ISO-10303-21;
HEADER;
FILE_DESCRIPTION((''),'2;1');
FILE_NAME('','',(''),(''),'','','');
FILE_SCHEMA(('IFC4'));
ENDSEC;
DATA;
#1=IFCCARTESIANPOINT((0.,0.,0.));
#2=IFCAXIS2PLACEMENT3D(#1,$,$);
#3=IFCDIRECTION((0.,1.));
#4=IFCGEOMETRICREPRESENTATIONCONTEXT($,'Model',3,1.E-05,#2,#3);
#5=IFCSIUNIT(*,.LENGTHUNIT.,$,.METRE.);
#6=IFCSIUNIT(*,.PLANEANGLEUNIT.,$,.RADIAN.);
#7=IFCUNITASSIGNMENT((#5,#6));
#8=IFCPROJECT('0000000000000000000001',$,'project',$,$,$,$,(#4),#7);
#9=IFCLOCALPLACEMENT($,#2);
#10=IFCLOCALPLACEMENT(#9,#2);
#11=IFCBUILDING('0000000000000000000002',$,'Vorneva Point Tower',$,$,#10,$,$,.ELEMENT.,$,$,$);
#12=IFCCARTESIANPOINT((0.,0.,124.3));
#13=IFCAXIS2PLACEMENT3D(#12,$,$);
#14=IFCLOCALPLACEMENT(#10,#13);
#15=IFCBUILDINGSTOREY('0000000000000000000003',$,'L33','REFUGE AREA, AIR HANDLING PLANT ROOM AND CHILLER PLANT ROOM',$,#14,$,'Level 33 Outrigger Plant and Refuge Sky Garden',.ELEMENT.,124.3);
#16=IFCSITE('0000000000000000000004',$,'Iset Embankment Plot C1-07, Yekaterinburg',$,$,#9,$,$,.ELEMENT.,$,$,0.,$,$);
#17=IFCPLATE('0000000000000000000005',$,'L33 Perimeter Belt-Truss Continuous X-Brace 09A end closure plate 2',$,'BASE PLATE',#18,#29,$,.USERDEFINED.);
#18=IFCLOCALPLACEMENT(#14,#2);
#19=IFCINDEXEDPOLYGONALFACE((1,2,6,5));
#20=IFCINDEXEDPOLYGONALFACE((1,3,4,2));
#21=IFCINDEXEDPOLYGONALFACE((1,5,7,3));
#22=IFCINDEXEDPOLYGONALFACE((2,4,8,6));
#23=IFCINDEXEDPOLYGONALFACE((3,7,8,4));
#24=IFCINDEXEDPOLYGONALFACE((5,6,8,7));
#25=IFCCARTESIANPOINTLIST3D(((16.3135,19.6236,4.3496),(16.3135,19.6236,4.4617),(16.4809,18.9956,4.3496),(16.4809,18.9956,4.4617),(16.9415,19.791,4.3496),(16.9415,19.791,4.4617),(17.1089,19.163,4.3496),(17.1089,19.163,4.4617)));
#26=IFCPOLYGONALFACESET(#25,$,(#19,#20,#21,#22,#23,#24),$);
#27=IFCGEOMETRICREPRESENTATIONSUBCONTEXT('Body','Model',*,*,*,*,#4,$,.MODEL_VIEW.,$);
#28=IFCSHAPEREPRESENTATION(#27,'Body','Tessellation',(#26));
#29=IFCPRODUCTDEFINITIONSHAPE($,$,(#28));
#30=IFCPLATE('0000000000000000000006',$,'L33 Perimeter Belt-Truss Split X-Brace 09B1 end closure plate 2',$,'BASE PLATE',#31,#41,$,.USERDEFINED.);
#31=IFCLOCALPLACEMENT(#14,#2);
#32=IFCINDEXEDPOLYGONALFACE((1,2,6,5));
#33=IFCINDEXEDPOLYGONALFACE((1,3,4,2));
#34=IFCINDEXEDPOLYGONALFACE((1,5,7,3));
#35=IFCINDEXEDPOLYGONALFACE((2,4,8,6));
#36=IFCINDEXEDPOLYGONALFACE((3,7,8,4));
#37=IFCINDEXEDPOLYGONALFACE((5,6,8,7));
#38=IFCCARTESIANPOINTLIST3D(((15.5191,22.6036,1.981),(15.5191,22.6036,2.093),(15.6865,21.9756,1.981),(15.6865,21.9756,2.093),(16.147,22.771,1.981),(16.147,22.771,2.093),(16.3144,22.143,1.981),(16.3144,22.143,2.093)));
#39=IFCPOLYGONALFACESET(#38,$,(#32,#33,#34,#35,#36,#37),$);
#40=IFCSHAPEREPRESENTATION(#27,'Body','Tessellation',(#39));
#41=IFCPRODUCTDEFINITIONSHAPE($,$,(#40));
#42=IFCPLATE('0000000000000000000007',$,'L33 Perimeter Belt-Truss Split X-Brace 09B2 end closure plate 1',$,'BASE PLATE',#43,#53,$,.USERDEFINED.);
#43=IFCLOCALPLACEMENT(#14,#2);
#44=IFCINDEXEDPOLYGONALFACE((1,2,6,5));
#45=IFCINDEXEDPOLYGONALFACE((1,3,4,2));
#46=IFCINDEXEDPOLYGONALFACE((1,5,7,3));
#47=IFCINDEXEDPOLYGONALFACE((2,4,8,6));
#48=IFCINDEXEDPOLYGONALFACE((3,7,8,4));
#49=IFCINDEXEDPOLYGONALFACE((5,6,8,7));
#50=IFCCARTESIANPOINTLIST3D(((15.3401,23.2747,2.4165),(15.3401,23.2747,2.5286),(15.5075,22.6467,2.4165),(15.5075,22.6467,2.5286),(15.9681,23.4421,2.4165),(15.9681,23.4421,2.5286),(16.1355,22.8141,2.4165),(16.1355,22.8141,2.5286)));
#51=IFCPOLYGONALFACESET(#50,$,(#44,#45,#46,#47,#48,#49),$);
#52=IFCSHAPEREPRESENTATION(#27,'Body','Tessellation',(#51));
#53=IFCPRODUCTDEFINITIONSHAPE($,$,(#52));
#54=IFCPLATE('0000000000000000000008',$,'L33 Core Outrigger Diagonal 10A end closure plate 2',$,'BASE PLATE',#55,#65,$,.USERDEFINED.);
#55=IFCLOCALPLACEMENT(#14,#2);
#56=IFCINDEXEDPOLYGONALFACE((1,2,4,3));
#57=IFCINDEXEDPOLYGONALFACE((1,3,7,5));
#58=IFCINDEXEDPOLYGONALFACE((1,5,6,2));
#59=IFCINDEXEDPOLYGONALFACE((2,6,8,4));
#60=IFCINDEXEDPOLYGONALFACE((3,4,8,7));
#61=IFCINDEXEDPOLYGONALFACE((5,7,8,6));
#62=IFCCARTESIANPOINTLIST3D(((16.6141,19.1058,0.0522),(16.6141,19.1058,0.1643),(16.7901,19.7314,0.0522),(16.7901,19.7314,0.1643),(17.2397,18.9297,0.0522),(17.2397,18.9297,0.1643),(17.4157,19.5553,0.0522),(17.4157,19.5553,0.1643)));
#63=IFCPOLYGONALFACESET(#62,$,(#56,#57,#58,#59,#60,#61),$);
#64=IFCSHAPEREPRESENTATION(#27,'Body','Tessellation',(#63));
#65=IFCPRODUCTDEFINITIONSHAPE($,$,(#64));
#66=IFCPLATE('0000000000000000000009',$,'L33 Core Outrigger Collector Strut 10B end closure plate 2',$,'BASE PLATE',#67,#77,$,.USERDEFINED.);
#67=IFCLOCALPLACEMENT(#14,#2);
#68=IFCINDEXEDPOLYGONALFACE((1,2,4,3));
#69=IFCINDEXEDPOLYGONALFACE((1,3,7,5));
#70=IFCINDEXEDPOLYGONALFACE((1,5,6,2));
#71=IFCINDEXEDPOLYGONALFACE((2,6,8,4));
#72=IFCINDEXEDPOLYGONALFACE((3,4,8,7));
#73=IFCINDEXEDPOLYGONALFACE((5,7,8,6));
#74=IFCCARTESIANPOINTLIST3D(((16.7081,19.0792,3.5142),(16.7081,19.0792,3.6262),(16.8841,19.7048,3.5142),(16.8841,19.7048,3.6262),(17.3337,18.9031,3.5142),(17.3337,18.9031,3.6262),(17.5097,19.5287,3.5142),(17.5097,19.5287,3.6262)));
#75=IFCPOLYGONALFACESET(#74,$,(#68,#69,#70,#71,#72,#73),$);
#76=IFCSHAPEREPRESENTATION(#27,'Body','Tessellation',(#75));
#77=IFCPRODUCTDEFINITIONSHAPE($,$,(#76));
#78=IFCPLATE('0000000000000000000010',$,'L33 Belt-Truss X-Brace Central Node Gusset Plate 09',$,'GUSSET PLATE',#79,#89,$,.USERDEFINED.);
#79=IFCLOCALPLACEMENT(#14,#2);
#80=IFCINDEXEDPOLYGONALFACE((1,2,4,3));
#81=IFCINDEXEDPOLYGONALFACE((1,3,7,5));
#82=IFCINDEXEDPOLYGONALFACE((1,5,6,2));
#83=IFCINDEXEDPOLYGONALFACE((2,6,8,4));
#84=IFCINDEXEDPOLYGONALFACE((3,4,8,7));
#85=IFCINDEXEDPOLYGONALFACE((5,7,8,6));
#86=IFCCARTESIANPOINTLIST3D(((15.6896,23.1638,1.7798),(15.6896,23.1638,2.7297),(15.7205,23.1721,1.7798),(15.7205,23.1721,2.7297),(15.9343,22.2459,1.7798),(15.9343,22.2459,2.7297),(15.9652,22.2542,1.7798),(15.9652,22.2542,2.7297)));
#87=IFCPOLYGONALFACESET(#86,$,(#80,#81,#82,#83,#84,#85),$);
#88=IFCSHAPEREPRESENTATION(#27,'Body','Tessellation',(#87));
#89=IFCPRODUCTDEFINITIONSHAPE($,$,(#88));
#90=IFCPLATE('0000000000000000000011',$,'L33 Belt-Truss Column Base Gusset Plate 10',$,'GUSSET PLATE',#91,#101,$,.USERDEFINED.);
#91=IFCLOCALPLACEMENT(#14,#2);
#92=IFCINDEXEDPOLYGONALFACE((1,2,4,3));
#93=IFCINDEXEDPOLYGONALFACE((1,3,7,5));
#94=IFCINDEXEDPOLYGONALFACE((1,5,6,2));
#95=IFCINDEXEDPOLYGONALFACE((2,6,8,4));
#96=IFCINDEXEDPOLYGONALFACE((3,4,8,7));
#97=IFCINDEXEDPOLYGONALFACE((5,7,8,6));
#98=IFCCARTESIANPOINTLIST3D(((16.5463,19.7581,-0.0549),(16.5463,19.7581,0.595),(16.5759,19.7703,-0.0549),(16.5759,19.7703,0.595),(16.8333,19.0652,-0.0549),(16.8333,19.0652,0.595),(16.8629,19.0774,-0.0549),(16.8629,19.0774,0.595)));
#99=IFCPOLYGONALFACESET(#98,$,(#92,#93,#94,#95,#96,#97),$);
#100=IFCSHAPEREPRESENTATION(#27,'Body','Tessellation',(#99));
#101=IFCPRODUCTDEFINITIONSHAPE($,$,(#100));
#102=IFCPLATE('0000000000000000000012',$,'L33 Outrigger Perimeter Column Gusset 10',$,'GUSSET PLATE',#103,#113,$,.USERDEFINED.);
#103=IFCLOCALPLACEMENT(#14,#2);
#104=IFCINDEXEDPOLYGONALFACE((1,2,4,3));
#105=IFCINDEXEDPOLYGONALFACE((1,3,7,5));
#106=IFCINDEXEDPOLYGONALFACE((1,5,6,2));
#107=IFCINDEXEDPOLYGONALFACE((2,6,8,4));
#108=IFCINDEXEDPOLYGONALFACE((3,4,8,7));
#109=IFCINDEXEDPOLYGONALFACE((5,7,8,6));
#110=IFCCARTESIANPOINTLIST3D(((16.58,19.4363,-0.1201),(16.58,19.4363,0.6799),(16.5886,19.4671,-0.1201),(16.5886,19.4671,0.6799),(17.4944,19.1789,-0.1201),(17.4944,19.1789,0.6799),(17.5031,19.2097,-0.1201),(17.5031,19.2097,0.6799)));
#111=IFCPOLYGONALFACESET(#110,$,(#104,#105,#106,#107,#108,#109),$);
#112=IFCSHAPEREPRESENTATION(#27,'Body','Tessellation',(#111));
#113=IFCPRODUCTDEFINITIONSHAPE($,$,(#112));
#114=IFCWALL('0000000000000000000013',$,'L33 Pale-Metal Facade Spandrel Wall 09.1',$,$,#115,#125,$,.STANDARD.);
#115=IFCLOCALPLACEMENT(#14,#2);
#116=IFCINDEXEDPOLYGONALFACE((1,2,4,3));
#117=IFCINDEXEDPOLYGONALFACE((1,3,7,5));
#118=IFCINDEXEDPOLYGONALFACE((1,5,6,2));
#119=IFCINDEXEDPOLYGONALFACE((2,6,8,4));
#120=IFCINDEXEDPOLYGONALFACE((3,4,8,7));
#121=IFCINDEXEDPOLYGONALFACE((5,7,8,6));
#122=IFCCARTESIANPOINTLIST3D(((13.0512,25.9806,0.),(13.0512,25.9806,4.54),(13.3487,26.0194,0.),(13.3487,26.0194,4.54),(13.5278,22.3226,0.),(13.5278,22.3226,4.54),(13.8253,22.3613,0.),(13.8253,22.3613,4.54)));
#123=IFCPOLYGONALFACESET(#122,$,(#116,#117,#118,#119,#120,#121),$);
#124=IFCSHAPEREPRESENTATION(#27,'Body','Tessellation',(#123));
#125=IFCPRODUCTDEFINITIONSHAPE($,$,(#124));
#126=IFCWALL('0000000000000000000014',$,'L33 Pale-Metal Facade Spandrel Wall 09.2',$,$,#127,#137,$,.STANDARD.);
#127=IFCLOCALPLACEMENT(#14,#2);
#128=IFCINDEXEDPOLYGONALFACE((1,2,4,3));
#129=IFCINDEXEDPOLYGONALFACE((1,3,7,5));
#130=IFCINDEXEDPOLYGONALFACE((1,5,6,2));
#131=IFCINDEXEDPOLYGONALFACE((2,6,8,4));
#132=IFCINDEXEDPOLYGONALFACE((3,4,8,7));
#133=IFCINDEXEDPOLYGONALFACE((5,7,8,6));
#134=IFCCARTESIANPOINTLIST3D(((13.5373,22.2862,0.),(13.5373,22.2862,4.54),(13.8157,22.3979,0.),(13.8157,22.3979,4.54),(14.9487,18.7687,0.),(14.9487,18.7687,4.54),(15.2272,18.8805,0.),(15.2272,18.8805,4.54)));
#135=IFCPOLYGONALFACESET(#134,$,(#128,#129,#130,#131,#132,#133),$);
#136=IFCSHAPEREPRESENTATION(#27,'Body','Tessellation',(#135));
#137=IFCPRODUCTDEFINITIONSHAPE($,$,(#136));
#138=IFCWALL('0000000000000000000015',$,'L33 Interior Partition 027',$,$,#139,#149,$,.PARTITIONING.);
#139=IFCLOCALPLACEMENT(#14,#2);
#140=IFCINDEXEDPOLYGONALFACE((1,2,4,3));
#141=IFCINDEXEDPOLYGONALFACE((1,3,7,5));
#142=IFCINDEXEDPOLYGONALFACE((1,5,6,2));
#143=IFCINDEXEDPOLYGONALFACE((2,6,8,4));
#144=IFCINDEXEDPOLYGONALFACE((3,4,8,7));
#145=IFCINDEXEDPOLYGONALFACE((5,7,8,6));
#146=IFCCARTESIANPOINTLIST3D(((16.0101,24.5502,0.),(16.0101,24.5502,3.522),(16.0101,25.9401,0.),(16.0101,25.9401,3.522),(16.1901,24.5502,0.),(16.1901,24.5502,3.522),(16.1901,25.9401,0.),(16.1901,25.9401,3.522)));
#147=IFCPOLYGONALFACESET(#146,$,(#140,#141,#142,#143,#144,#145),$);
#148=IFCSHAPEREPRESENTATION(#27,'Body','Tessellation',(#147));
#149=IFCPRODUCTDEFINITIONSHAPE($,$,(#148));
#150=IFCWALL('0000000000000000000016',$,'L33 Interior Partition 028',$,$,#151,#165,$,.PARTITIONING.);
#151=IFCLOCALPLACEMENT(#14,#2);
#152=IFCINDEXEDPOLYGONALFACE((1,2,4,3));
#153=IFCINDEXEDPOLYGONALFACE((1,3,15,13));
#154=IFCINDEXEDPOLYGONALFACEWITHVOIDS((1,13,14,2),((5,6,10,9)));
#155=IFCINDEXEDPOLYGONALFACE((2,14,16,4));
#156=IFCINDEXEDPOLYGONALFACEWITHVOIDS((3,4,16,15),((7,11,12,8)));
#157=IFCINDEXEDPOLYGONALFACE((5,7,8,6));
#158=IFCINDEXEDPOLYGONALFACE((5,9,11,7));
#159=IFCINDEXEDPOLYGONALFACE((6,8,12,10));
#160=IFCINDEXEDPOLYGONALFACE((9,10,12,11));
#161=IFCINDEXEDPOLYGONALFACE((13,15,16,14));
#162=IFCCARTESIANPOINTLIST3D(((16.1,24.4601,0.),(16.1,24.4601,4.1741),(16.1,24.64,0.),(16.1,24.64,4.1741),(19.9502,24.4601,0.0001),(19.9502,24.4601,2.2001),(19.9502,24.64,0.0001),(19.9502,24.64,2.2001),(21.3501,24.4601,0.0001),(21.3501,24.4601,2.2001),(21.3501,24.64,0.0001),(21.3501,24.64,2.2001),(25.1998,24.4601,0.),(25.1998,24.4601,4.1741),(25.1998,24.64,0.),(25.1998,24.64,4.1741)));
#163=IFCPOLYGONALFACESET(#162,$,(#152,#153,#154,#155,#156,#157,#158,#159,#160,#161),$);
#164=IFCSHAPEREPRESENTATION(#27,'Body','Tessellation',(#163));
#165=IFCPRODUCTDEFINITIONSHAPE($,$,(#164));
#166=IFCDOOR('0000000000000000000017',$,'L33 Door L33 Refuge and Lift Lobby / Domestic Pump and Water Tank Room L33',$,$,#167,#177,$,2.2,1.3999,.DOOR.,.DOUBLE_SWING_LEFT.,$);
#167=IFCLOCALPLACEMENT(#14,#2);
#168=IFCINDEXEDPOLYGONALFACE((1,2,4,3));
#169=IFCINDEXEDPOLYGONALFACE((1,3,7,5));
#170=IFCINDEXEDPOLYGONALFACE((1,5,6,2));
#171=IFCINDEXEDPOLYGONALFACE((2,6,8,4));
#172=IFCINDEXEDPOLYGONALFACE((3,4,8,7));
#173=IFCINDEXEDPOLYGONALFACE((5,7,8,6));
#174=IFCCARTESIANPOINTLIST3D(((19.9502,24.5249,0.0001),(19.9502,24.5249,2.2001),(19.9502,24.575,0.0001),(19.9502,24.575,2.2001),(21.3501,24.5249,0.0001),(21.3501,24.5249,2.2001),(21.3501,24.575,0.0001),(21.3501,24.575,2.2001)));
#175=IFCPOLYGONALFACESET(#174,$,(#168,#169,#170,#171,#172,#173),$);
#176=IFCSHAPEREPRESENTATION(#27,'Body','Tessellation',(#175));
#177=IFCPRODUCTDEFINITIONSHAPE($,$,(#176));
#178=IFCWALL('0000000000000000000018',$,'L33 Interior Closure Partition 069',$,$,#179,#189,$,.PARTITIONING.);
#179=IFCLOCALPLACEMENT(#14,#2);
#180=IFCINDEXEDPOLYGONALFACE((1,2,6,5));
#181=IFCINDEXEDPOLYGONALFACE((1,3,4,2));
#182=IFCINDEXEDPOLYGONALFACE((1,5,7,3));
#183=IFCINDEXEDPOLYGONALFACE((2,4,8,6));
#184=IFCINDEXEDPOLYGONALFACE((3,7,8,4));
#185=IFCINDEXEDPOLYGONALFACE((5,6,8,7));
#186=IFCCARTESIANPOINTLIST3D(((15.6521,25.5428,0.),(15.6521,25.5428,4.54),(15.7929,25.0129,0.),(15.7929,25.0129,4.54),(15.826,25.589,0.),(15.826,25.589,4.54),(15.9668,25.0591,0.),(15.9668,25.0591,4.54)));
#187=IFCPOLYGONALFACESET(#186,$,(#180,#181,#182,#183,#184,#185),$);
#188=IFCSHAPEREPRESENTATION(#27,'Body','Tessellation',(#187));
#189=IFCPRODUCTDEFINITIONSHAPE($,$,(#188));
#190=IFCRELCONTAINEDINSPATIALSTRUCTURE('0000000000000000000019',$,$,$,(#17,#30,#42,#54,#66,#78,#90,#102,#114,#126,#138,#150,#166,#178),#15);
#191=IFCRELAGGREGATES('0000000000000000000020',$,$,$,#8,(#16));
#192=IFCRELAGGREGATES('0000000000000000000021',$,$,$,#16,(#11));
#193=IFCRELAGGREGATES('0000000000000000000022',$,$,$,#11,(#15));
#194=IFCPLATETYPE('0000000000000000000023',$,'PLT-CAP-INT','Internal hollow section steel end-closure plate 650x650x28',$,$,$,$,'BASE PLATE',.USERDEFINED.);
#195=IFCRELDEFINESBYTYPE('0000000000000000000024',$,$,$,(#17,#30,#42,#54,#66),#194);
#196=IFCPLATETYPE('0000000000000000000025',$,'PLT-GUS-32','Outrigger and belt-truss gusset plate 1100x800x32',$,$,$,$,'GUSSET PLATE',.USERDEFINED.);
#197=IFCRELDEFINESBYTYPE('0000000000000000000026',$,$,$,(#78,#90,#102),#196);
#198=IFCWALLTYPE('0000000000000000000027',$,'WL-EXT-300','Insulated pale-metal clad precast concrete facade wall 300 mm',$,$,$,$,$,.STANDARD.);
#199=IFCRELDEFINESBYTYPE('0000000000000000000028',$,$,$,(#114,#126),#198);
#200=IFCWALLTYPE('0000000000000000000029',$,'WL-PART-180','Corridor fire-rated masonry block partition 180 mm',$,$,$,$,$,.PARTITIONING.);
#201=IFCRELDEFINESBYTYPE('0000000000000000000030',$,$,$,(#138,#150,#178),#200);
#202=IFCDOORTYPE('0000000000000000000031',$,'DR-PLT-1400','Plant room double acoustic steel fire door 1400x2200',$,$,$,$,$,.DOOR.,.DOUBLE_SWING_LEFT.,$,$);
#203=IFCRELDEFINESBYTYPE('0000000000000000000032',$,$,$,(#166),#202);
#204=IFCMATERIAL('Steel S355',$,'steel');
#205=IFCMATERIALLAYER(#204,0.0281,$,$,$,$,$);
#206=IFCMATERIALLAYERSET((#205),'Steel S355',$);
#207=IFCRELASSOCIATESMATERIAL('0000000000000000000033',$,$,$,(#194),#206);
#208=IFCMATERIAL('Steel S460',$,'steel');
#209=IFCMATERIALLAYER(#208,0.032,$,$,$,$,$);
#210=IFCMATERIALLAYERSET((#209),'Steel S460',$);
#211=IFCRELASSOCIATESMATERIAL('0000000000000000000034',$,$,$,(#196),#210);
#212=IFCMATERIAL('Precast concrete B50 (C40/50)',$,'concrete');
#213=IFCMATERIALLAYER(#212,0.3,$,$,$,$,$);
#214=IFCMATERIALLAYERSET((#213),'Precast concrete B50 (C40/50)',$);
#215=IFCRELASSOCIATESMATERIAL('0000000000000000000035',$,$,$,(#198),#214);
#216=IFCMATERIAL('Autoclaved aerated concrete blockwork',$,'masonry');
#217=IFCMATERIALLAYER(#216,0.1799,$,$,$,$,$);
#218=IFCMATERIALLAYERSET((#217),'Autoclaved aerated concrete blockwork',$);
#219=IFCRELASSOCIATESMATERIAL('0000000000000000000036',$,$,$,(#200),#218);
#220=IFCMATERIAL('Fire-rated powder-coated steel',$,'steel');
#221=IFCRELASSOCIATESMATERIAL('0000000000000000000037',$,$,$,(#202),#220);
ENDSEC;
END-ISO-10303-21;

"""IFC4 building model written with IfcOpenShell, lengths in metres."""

from ifc_helpers import new_model, si_unit, direction, frame, frame_2d, origin, origin_2d, place, context, subcontext, project, spatial, rectangle, extrude, material, layer, layer_set, type_object, element, fill, save


model = new_model("IFC4")

# Units and contexts
model_context = context("Model", 3, precision=1e-05, world=origin(), true_north=direction((0.0, 1.0)))
body_context = subcontext(model_context, "Body", "Model", "MODEL_VIEW")
ifc_project = project(units=[si_unit("LENGTHUNIT", "METRE"), si_unit("PLANEANGLEUNIT", "RADIAN")], contexts=[model_context])

# Site, building, storey
site_placement = place(None, origin())
site = spatial("IfcSite", under=ifc_project, at=site_placement, Name="Iset Embankment Plot C1-07, Yekaterinburg", CompositionType="ELEMENT", RefElevation=0.0)
building_placement = place(site_placement, origin())
building = spatial("IfcBuilding", under=site, at=building_placement, Name="Vorneva Point Tower", CompositionType="ELEMENT")
storey_placement = place(building_placement, frame((0.0, 0.0, 124.3)))
storey = spatial("IfcBuildingStorey", under=building, at=storey_placement, Name="L33", Description="REFUGE AREA, AIR HANDLING PLANT ROOM AND CHILLER PLANT ROOM", LongName="Level 33 Outrigger Plant and Refuge Sky Garden", CompositionType="ELEMENT", Elevation=124.3)

# Shared definitions
ifc_material_1 = material(Name="Steel S355", Category="steel")

# Shared definitions
ifc_material_2 = material(Name="Steel S460", Category="steel")

# Plates
ifc_layer_1 = layer(ifc_material_1, 0.0281)
ifc_layer_set_1 = layer_set([ifc_layer_1], Name="Steel S355")
plate_type_1 = type_object("IfcPlateType", Name="PLT-CAP-INT", Description="Internal hollow section steel end-closure plate 650x650x28", ElementType="BASE PLATE", PredefinedType="USERDEFINED", material=ifc_layer_set_1)
for number, where, z_axis, x_axis, name in (
    (1, (16.7112, 19.3933, 4.3496), (0.0, 0.0, 1.0), (0.257571, -0.966259, 0.0), "L33 Perimeter Belt-Truss Continuous X-Brace 09A end closure plate 2"),
    (2, (15.9167, 22.3733, 1.981), (0.0, 0.0, 1.0), (-0.257571, 0.966259, 0.0), "L33 Perimeter Belt-Truss Split X-Brace 09B1 end closure plate 2"),
    (3, (15.7378, 23.0444, 2.4165), (0.0, 0.0, 1.0), (-0.257571, 0.966259, 0.0), "L33 Perimeter Belt-Truss Split X-Brace 09B2 end closure plate 1"),
    (4, (17.0149, 19.3306, 0.0522), (0.0, 0.0, 1.0), (-0.962607, 0.270903, 0.0), "L33 Core Outrigger Diagonal 10A end closure plate 2"),
    (5, (17.1089, 19.304, 3.5142), (0.0, 0.0, 1.0), (-0.962607, 0.270903, 0.0), "L33 Core Outrigger Collector Strut 10B end closure plate 2"),
):
    element("IfcPlate", number, at=place(storey_placement, frame(where, z_axis=z_axis, x_axis=x_axis)), inside=storey, type_object=plate_type_1, Name=name, ObjectType="BASE PLATE", PredefinedType="USERDEFINED", context=body_context, shape_type="SweptSolid", body=[
        extrude(rectangle(XDim=0.6499, YDim=0.6499, at=origin_2d()), origin(), (0.0, 0.0, 1.0), 0.1121),
    ])
ifc_layer_2 = layer(ifc_material_2, 0.032)
ifc_layer_set_2 = layer_set([ifc_layer_2], Name="Steel S460")
plate_type_2 = type_object("IfcPlateType", Name="PLT-GUS-32", Description="Outrigger and belt-truss gusset plate 1100x800x32", ElementType="GUSSET PLATE", PredefinedType="USERDEFINED", material=ifc_layer_set_2)
plate_1_placement = place(storey_placement, frame((15.8274, 22.709, 1.7798), z_axis=(0.0, 0.0, 1.0), x_axis=(0.257571, -0.966259, 0.0)))
element("IfcPlate", 6, at=plate_1_placement, inside=storey, type_object=plate_type_2, Name="L33 Belt-Truss X-Brace Central Node Gusset Plate 09", ObjectType="GUSSET PLATE", PredefinedType="USERDEFINED", context=body_context, shape_type="SweptSolid", body=[
    extrude(rectangle(XDim=0.95, YDim=0.032, at=origin_2d()), origin(), (0.0, 0.0, 1.0), 0.95),
])
plate_2_placement = place(storey_placement, frame((16.7046, 19.4177, -0.0549), z_axis=(0.0, 0.0, 1.0), x_axis=(0.382683, -0.92388, 0.0)))
element("IfcPlate", 7, at=plate_2_placement, inside=storey, type_object=plate_type_2, Name="L33 Belt-Truss Column Base Gusset Plate 10", ObjectType="GUSSET PLATE", PredefinedType="USERDEFINED", context=body_context, shape_type="SweptSolid", body=[
    extrude(rectangle(XDim=0.75, YDim=0.032, at=origin_2d()), origin(), (0.0, 0.0, 1.0), 0.6499),
])
plate_3_placement = place(storey_placement, frame((17.0415, 19.323, -0.1201), z_axis=(0.0, 0.0, 1.0), x_axis=(-0.962607, 0.270903, 0.0)))
element("IfcPlate", 8, at=plate_3_placement, inside=storey, type_object=plate_type_2, Name="L33 Outrigger Perimeter Column Gusset 10", ObjectType="GUSSET PLATE", PredefinedType="USERDEFINED", context=body_context, shape_type="SweptSolid", body=[
    extrude(rectangle(XDim=0.95, YDim=0.032, at=origin_2d()), origin(), (0.0, 0.0, 1.0), 0.8),
])

# Walls
ifc_material_3 = material(Name="Precast concrete B50 (C40/50)", Category="concrete")
ifc_layer_3 = layer(ifc_material_3, 0.3)
ifc_layer_set_3 = layer_set([ifc_layer_3], Name="Precast concrete B50 (C40/50)")
wall_type_1 = type_object("IfcWallType", Name="WL-EXT-300", Description="Insulated pale-metal clad precast concrete facade wall 300 mm", PredefinedType="STANDARD", material=ifc_layer_set_3)
wall_1_placement = place(storey_placement, frame((13.2, 26.0, 0.0), z_axis=(0.0, 0.0, 1.0), x_axis=(0.129189, -0.99162, 0.0)))
element("IfcWall", 9, at=wall_1_placement, inside=storey, type_object=wall_type_1, Name="L33 Pale-Metal Facade Spandrel Wall 09.1", PredefinedType="STANDARD", context=body_context, shape_type="SweptSolid", body=[
    extrude(rectangle(XDim=3.689, YDim=0.3, at=frame_2d((1.8445, 0.0))), origin(), (0.0, 0.0, 1.0), 4.54),
])
wall_2_placement = place(storey_placement, frame((13.6765, 22.342, 0.0), z_axis=(0.0, 0.0, 1.0), x_axis=(0.372401, -0.928072, 0.0)))
element("IfcWall", 10, at=wall_2_placement, inside=storey, type_object=wall_type_1, Name="L33 Pale-Metal Facade Spandrel Wall 09.2", PredefinedType="STANDARD", context=body_context, shape_type="SweptSolid", body=[
    extrude(rectangle(XDim=3.79, YDim=0.3, at=frame_2d((1.895, 0.0))), origin(), (0.0, 0.0, 1.0), 4.54),
])
ifc_material_4 = material(Name="Autoclaved aerated concrete blockwork", Category="masonry")
ifc_layer_4 = layer(ifc_material_4, 0.1799)
ifc_layer_set_4 = layer_set([ifc_layer_4], Name="Autoclaved aerated concrete blockwork")
wall_type_2 = type_object("IfcWallType", Name="WL-PART-180", Description="Corridor fire-rated masonry block partition 180 mm", PredefinedType="PARTITIONING", material=ifc_layer_set_4)
wall_3_placement = place(storey_placement, frame((16.1001, 25.9399, 0.0), z_axis=(0.0, 0.0, 1.0), x_axis=(0.0, -1.0, 0.0)))
element("IfcWall", 11, at=wall_3_placement, inside=storey, type_object=wall_type_2, Name="L33 Interior Partition 027", PredefinedType="PARTITIONING", context=body_context, shape_type="SweptSolid", body=[
    extrude(rectangle(XDim=1.3899, YDim=0.1799, at=frame_2d((0.6948, 0.0))), origin(), (0.0, 0.0, 1.0), 3.522),
])

# Wall, opening, door
wall_4_placement = place(storey_placement, frame((16.1001, 24.55, 0.0), z_axis=(0.0, 0.0, 1.0), x_axis=(1.0, 0.0, 0.0)))
wall_4 = element("IfcWall", 12, at=wall_4_placement, inside=storey, type_object=wall_type_2, Name="L33 Interior Partition 028", PredefinedType="PARTITIONING", context=body_context, shape_type="SweptSolid", body=[
    extrude(rectangle(XDim=9.0999, YDim=0.1799, at=frame_2d((4.5498, 0.0))), origin(), (0.0, 0.0, 1.0), 4.1741),
])
opening_placement = place(wall_4_placement, frame((3.8501, 0.0, 0.0)))
opening = element("IfcOpeningElement", 13, at=opening_placement, cuts=wall_4, PredefinedType="OPENING", context=body_context, shape_type="SweptSolid", body=[
    extrude(rectangle(XDim=1.3999, YDim=2.2, at=frame_2d((0.7, 1.1001))), frame((0.0, 0.105, 0.0), z_axis=(0.0, -1.0, 0.0), x_axis=(1.0, 0.0, 0.0)), (0.0, 0.0, 1.0), 0.2097),
])
ifc_material_5 = material(Name="Fire-rated powder-coated steel", Category="steel")
door_type = type_object("IfcDoorType", Name="DR-PLT-1400", Description="Plant room double acoustic steel fire door 1400x2200", OperationType="DOUBLE_SWING_LEFT", PredefinedType="DOOR", material=ifc_material_5)
door_placement = place(opening_placement, origin())
door = element("IfcDoor", 14, at=door_placement, inside=storey, type_object=door_type, Name="L33 Door L33 Refuge and Lift Lobby / Domestic Pump and Water Tank Room L33", OperationType="DOUBLE_SWING_LEFT", OverallHeight=2.2, OverallWidth=1.3999, PredefinedType="DOOR", context=body_context, shape_type="SweptSolid", body=[
    extrude(rectangle(XDim=1.3999, YDim=2.2, at=frame_2d((0.7, 1.1001))), frame((0.0, 0.0249, 0.0), z_axis=(0.0, -1.0, 0.0), x_axis=(1.0, 0.0, 0.0)), (0.0, 0.0, 1.0), 0.05),
])
fill(opening, door)

# Wall
wall_5_placement = place(storey_placement, frame((15.739, 25.5659, 0.0), z_axis=(0.0, 0.0, 1.0), x_axis=(0.256859, -0.966449, 0.0)))
element("IfcWall", 15, at=wall_5_placement, inside=storey, type_object=wall_type_2, Name="L33 Interior Closure Partition 069", PredefinedType="PARTITIONING", context=body_context, shape_type="SweptSolid", body=[
    extrude(rectangle(XDim=0.5483, YDim=0.1799, at=frame_2d((0.2742, 0.0))), origin(), (0.0, 0.0, 1.0), 4.54),
])

save(model, "model.ifc")
